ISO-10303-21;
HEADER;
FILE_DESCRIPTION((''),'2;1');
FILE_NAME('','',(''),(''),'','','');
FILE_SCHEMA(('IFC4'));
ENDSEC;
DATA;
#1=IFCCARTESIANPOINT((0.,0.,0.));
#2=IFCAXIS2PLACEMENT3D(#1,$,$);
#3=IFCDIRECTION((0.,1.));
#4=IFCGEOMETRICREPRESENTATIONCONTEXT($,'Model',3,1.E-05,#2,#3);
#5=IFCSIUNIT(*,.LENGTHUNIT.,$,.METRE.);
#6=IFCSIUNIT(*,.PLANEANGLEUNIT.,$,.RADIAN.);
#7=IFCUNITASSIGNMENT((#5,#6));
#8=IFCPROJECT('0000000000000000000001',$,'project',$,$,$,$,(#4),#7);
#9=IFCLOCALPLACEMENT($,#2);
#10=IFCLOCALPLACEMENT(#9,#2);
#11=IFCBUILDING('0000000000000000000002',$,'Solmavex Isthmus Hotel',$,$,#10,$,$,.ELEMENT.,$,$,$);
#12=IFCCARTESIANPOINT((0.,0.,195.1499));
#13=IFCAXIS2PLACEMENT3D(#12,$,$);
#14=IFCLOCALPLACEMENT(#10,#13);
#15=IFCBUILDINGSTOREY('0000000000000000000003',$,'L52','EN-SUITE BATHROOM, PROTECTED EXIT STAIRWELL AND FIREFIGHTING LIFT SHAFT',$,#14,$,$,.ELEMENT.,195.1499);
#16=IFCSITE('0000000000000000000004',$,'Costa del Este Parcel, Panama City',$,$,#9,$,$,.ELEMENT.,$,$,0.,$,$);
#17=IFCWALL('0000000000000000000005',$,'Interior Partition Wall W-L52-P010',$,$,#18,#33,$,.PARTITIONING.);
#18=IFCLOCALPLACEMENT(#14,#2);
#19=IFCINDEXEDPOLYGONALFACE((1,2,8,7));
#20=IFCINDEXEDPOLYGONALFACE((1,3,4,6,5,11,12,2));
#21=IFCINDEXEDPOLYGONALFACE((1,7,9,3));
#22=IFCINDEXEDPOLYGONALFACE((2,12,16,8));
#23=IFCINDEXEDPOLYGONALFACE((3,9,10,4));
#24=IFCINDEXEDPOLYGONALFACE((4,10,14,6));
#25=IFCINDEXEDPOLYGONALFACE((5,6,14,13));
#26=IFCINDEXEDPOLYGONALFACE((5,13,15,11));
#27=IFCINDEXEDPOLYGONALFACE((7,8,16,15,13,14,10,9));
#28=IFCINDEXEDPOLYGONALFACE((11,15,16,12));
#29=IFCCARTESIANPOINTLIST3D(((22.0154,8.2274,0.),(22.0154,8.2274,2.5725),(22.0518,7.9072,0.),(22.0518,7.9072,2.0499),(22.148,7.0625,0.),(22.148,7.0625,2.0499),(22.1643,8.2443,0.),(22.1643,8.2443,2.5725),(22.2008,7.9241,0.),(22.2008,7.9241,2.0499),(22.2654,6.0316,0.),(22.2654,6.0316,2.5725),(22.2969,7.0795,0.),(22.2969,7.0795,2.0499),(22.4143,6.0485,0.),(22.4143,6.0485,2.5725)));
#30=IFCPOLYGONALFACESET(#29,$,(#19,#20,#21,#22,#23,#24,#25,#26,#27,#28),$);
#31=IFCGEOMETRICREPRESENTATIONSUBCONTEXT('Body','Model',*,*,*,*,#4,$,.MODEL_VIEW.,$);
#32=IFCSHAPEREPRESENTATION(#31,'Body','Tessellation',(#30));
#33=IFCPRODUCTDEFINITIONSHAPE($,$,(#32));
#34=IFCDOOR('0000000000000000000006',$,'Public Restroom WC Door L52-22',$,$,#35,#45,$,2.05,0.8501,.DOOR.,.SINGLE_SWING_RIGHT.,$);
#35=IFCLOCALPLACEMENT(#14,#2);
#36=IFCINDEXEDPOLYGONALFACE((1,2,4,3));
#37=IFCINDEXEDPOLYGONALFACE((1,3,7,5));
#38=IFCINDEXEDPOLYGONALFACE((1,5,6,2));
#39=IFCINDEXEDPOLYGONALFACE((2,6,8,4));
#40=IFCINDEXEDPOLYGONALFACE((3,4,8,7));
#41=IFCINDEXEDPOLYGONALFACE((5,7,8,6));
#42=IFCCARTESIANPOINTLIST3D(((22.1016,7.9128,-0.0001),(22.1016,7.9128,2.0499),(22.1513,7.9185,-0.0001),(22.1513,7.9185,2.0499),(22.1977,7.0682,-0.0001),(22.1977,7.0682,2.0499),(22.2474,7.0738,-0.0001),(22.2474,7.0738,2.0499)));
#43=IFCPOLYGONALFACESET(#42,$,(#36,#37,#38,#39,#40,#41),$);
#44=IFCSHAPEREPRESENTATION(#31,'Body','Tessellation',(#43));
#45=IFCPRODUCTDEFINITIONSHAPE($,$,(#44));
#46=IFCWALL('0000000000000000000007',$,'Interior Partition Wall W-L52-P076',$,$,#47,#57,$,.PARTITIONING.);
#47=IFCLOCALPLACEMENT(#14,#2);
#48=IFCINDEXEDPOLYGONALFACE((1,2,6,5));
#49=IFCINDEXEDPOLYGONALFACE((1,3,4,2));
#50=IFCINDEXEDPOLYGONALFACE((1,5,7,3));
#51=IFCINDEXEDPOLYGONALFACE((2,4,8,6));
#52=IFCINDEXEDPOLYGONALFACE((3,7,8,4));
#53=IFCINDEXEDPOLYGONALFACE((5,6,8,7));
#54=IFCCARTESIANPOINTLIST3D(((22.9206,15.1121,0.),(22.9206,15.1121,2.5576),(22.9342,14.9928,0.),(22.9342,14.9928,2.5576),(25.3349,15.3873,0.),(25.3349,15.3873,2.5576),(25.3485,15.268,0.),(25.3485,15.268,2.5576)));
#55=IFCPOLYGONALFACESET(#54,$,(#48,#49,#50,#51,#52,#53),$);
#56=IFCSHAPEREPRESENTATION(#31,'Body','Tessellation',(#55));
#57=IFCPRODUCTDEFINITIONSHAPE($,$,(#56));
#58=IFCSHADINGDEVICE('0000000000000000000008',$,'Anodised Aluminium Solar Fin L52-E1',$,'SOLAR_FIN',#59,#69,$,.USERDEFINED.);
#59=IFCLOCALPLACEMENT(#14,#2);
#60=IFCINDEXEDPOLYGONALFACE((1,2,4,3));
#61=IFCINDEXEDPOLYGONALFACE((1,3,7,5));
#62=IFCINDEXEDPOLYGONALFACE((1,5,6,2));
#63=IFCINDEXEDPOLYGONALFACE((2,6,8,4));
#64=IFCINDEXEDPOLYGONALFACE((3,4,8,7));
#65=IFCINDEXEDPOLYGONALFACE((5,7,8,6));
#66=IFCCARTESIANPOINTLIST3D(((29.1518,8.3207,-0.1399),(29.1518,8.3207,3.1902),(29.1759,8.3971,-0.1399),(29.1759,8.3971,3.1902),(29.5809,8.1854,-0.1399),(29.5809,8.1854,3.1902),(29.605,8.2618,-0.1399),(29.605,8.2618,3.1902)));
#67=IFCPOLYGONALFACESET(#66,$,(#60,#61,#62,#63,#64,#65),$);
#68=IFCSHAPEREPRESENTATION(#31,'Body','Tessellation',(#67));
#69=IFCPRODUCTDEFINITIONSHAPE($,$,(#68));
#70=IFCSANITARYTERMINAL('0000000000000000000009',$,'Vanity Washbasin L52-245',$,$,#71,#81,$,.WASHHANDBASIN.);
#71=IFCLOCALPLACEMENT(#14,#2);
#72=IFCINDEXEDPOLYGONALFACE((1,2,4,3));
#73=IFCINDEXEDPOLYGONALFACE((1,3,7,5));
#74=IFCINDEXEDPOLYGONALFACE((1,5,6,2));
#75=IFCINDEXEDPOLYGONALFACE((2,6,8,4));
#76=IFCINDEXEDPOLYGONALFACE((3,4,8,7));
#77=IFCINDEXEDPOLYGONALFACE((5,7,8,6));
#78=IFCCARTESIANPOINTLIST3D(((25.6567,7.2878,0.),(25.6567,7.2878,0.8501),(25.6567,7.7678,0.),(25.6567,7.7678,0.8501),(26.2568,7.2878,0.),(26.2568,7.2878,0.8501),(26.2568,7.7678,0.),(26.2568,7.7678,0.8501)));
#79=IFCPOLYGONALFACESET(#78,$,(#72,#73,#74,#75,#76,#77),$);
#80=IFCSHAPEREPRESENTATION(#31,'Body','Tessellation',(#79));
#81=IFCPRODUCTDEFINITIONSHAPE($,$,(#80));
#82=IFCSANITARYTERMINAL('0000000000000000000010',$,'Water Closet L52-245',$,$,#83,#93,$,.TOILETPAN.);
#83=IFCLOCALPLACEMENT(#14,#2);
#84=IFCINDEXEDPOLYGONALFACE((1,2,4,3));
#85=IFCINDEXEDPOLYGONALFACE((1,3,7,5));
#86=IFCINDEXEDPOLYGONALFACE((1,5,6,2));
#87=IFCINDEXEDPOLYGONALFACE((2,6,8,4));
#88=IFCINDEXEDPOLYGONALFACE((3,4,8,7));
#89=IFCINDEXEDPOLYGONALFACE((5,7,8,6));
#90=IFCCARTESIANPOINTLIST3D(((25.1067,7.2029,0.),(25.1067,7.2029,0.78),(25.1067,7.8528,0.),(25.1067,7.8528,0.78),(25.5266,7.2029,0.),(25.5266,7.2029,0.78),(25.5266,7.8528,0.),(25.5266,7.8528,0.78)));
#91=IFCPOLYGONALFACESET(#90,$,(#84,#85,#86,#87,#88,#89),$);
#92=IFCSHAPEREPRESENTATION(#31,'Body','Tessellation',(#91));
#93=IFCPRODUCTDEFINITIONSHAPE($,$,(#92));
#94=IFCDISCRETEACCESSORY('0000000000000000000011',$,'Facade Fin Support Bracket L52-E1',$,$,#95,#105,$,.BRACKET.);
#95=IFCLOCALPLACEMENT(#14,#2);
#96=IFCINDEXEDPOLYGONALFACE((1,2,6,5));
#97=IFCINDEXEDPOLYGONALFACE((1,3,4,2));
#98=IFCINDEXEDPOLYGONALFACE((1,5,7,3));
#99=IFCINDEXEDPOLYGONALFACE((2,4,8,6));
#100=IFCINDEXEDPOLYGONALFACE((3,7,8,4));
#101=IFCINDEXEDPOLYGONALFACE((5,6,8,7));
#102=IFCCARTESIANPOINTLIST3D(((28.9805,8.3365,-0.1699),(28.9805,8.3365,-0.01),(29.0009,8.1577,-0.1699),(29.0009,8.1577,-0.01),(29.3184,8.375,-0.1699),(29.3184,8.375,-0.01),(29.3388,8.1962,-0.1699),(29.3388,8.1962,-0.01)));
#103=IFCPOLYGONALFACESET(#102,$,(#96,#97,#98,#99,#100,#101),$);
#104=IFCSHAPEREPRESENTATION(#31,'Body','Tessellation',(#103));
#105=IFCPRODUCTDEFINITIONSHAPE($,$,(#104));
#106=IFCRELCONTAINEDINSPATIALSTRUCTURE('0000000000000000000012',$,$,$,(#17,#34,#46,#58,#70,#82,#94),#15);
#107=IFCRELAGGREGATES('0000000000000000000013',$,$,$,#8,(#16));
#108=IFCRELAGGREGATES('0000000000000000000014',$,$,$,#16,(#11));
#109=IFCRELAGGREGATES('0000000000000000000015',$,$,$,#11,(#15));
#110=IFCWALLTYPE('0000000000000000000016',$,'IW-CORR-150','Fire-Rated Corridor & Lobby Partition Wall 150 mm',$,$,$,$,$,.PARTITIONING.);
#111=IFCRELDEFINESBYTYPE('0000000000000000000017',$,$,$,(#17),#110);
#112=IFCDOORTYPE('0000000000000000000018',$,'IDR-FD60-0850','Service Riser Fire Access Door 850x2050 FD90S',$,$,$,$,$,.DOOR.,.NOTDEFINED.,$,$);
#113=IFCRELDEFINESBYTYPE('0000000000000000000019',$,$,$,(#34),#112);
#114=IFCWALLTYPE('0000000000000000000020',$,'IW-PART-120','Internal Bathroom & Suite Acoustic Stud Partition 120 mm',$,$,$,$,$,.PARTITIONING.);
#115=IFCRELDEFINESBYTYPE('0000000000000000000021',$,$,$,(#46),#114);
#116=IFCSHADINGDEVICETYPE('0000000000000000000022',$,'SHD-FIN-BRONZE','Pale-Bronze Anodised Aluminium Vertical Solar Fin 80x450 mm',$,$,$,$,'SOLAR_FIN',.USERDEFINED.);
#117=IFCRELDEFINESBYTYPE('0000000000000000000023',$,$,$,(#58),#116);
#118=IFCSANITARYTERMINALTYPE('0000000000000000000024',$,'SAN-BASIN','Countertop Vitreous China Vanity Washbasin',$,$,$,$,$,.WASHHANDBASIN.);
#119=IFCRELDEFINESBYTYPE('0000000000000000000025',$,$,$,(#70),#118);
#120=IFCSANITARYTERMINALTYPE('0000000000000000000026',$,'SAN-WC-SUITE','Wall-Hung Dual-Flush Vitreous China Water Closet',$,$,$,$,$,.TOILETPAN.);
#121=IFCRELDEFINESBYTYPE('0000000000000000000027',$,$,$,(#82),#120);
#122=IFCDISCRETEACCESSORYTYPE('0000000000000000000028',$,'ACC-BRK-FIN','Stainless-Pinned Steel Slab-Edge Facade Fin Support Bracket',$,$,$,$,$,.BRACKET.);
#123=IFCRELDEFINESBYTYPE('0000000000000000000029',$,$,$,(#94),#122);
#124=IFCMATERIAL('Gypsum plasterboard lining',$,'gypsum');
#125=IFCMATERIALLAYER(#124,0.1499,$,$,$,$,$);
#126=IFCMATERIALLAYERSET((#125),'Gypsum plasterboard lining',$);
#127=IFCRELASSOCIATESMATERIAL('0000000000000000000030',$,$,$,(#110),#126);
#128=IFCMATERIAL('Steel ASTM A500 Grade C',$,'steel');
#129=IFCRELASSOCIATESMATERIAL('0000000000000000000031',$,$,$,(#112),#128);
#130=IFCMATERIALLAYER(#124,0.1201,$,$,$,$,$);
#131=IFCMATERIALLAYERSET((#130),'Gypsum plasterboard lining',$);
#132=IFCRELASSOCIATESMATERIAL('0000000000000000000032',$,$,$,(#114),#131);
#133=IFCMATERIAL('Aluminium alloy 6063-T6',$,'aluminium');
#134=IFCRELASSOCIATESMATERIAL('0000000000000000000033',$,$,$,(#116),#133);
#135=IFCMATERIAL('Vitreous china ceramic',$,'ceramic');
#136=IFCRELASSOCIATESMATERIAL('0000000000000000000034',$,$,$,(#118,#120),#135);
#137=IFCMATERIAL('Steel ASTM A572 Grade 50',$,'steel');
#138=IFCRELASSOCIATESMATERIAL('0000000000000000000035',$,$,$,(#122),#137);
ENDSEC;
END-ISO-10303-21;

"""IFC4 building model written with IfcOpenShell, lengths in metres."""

from ifc_helpers import new_model, si_unit, direction, frame, frame_2d, origin, origin_2d, place, context, subcontext, project, spatial, rectangle, extrude, material, layer, layer_set, type_object, element, fill, save


model = new_model("IFC4")

# Units and contexts
model_context = context("Model", 3, precision=1e-05, world=origin(), true_north=direction((0.0, 1.0)))
body_context = subcontext(model_context, "Body", "Model", "MODEL_VIEW")
ifc_project = project(units=[si_unit("LENGTHUNIT", "METRE"), si_unit("PLANEANGLEUNIT", "RADIAN")], contexts=[model_context])

# Site, building, storey
site_placement = place(None, origin())
site = spatial("IfcSite", under=ifc_project, at=site_placement, Name="Costa del Este Parcel, Panama City", CompositionType="ELEMENT", RefElevation=0.0)
building_placement = place(site_placement, origin())
building = spatial("IfcBuilding", under=site, at=building_placement, Name="Solmavex Isthmus Hotel", CompositionType="ELEMENT")
storey_placement = place(building_placement, frame((0.0, 0.0, 195.1499)))
storey = spatial("IfcBuildingStorey", under=building, at=storey_placement, Name="L52", Description="EN-SUITE BATHROOM, PROTECTED EXIT STAIRWELL AND FIREFIGHTING LIFT SHAFT", CompositionType="ELEMENT", Elevation=195.1499)

# Shared definitions
ifc_material_1 = material(Name="Aluminium alloy 6063-T6", Category="aluminium")

# Shared definitions
ifc_material_2 = material(Name="Gypsum plasterboard lining", Category="gypsum")

# Wall, opening, door
ifc_layer_1 = layer(ifc_material_2, 0.1499)
ifc_layer_set_1 = layer_set([ifc_layer_1], Name="Gypsum plasterboard lining")
wall_type_1 = type_object("IfcWallType", Name="IW-CORR-150", Description="Fire-Rated Corridor & Lobby Partition Wall 150 mm", PredefinedType="PARTITIONING", material=ifc_layer_set_1)
wall_1_placement = place(storey_placement, frame((22.0898, 8.2358, 0.0), z_axis=(0.0, 0.0, 1.0), x_axis=(0.113123, -0.993581, 0.0)))
wall_1 = element("IfcWall", 1, at=wall_1_placement, inside=storey, type_object=wall_type_1, Name="Interior Partition Wall W-L52-P010", PredefinedType="PARTITIONING", context=body_context, shape_type="SweptSolid", body=[
    extrude(rectangle(XDim=2.21, YDim=0.1499, at=frame_2d((1.105, 0.0))), origin(), (0.0, 0.0, 1.0), 2.5725),
])
opening_1_placement = place(wall_1_placement, frame((0.3223, 0.0, 0.0)))
opening_1 = element("IfcOpeningElement", 2, at=opening_1_placement, cuts=wall_1, PredefinedType="OPENING", context=body_context, shape_type="SweptSolid", body=[
    extrude(rectangle(XDim=0.8501, YDim=2.05, at=frame_2d((0.425, 1.0249))), frame((0.0, 0.085, 0.0), z_axis=(0.0, -1.0, 0.0), x_axis=(1.0, 0.0, 0.0)), (0.0, 0.0, 1.0), 0.1699),
])
ifc_material_3 = material(Name="Steel ASTM A500 Grade C", Category="steel")
door_type_1 = type_object("IfcDoorType", Name="IDR-FD60-0850", Description="Service Riser Fire Access Door 850x2050 FD90S", OperationType="NOTDEFINED", PredefinedType="DOOR", material=ifc_material_3)
door_1_placement = place(opening_1_placement, frame((0.8501, 0.0, 0.0), z_axis=(0.0, 0.0, 1.0), x_axis=(-1.0, 0.0, 0.0)))
door_1 = element("IfcDoor", 3, at=door_1_placement, inside=storey, type_object=door_type_1, Name="Public Restroom WC Door L52-22", OperationType="SINGLE_SWING_RIGHT", OverallHeight=2.05, OverallWidth=0.8501, PredefinedType="DOOR", context=body_context, shape_type="SweptSolid", body=[
    extrude(rectangle(XDim=0.8501, YDim=2.05, at=frame_2d((0.425, 1.0249))), frame((0.0, 0.0249, 0.0), z_axis=(0.0, -1.0, 0.0), x_axis=(1.0, 0.0, 0.0)), (0.0, 0.0, 1.0), 0.05),
])
fill(opening_1, door_1)

# Wall
ifc_layer_2 = layer(ifc_material_2, 0.1201)
ifc_layer_set_2 = layer_set([ifc_layer_2], Name="Gypsum plasterboard lining")
wall_type_2 = type_object("IfcWallType", Name="IW-PART-120", Description="Internal Bathroom & Suite Acoustic Stud Partition 120 mm", PredefinedType="PARTITIONING", material=ifc_layer_set_2)
wall_2_placement = place(storey_placement, frame((22.9275, 15.0525, 0.0), z_axis=(0.0, 0.0, 1.0), x_axis=(0.993569, 0.113232, 0.0)))
element("IfcWall", 4, at=wall_2_placement, inside=storey, type_object=wall_type_2, Name="Interior Partition Wall W-L52-P076", PredefinedType="PARTITIONING", context=body_context, shape_type="SweptSolid", body=[
    extrude(rectangle(XDim=2.4299, YDim=0.1201, at=frame_2d((1.2148, 0.0))), origin(), (0.0, 0.0, 1.0), 2.5576),
])

# Shading device
shading_device_type = type_object("IfcShadingDeviceType", Name="SHD-FIN-BRONZE", Description="Pale-Bronze Anodised Aluminium Vertical Solar Fin 80x450 mm", ElementType="SOLAR_FIN", PredefinedType="USERDEFINED", material=ifc_material_1)
shading_device_placement = place(storey_placement, frame((29.3784, 8.2913, -0.1399), z_axis=(0.0, 0.0, 1.0), x_axis=(0.953717, -0.300706, 0.0)))
element("IfcShadingDevice", 5, at=shading_device_placement, inside=storey, type_object=shading_device_type, Name="Anodised Aluminium Solar Fin L52-E1", ObjectType="SOLAR_FIN", PredefinedType="USERDEFINED", context=body_context, shape_type="SweptSolid", body=[
    extrude(rectangle(XDim=0.45, YDim=0.0801, at=origin_2d()), origin(), (0.0, 0.0, 1.0), 3.3301),
])

# Sanitary terminals
ifc_material_4 = material(Name="Vitreous china ceramic", Category="ceramic")
sanitary_terminal_type_1 = type_object("IfcSanitaryTerminalType", Name="SAN-BASIN", Description="Countertop Vitreous China Vanity Washbasin", PredefinedType="WASHHANDBASIN", material=ifc_material_4)
sanitary_terminal_1_placement = place(storey_placement, frame((25.9568, 7.5278, 0.0), z_axis=(0.0, 0.0, 1.0), x_axis=(1.0, 0.0, 0.0)))
element("IfcSanitaryTerminal", 6, at=sanitary_terminal_1_placement, inside=storey, type_object=sanitary_terminal_type_1, Name="Vanity Washbasin L52-245", PredefinedType="WASHHANDBASIN", context=body_context, shape_type="SweptSolid", body=[
    extrude(rectangle(XDim=0.6001, YDim=0.48, at=origin_2d()), origin(), (0.0, 0.0, 1.0), 0.8501),
])
sanitary_terminal_type_2 = type_object("IfcSanitaryTerminalType", Name="SAN-WC-SUITE", Description="Wall-Hung Dual-Flush Vitreous China Water Closet", PredefinedType="TOILETPAN", material=ifc_material_4)
sanitary_terminal_2_placement = place(storey_placement, frame((25.3167, 7.5278, 0.0), z_axis=(0.0, 0.0, 1.0), x_axis=(1.0, 0.0, 0.0)))
element("IfcSanitaryTerminal", 7, at=sanitary_terminal_2_placement, inside=storey, type_object=sanitary_terminal_type_2, Name="Water Closet L52-245", PredefinedType="TOILETPAN", context=body_context, shape_type="SweptSolid", body=[
    extrude(rectangle(XDim=0.4199, YDim=0.6499, at=origin_2d()), origin(), (0.0, 0.0, 1.0), 0.78),
])

# Discrete accessory
ifc_material_5 = material(Name="Steel ASTM A572 Grade 50", Category="steel")
discrete_accessory_type = type_object("IfcDiscreteAccessoryType", Name="ACC-BRK-FIN", Description="Stainless-Pinned Steel Slab-Edge Facade Fin Support Bracket", PredefinedType="BRACKET", material=ifc_material_5)
discrete_accessory_placement = place(storey_placement, frame((29.1597, 8.2664, -0.1699), z_axis=(0.0, 0.0, 1.0), x_axis=(0.993572, 0.113203, 0.0)))
element("IfcDiscreteAccessory", 8, at=discrete_accessory_placement, inside=storey, type_object=discrete_accessory_type, Name="Facade Fin Support Bracket L52-E1", PredefinedType="BRACKET", context=body_context, shape_type="SweptSolid", body=[
    extrude(rectangle(XDim=0.3401, YDim=0.1799, at=origin_2d()), origin(), (0.0, 0.0, 1.0), 0.1599),
])

save(model, "model.ifc")
